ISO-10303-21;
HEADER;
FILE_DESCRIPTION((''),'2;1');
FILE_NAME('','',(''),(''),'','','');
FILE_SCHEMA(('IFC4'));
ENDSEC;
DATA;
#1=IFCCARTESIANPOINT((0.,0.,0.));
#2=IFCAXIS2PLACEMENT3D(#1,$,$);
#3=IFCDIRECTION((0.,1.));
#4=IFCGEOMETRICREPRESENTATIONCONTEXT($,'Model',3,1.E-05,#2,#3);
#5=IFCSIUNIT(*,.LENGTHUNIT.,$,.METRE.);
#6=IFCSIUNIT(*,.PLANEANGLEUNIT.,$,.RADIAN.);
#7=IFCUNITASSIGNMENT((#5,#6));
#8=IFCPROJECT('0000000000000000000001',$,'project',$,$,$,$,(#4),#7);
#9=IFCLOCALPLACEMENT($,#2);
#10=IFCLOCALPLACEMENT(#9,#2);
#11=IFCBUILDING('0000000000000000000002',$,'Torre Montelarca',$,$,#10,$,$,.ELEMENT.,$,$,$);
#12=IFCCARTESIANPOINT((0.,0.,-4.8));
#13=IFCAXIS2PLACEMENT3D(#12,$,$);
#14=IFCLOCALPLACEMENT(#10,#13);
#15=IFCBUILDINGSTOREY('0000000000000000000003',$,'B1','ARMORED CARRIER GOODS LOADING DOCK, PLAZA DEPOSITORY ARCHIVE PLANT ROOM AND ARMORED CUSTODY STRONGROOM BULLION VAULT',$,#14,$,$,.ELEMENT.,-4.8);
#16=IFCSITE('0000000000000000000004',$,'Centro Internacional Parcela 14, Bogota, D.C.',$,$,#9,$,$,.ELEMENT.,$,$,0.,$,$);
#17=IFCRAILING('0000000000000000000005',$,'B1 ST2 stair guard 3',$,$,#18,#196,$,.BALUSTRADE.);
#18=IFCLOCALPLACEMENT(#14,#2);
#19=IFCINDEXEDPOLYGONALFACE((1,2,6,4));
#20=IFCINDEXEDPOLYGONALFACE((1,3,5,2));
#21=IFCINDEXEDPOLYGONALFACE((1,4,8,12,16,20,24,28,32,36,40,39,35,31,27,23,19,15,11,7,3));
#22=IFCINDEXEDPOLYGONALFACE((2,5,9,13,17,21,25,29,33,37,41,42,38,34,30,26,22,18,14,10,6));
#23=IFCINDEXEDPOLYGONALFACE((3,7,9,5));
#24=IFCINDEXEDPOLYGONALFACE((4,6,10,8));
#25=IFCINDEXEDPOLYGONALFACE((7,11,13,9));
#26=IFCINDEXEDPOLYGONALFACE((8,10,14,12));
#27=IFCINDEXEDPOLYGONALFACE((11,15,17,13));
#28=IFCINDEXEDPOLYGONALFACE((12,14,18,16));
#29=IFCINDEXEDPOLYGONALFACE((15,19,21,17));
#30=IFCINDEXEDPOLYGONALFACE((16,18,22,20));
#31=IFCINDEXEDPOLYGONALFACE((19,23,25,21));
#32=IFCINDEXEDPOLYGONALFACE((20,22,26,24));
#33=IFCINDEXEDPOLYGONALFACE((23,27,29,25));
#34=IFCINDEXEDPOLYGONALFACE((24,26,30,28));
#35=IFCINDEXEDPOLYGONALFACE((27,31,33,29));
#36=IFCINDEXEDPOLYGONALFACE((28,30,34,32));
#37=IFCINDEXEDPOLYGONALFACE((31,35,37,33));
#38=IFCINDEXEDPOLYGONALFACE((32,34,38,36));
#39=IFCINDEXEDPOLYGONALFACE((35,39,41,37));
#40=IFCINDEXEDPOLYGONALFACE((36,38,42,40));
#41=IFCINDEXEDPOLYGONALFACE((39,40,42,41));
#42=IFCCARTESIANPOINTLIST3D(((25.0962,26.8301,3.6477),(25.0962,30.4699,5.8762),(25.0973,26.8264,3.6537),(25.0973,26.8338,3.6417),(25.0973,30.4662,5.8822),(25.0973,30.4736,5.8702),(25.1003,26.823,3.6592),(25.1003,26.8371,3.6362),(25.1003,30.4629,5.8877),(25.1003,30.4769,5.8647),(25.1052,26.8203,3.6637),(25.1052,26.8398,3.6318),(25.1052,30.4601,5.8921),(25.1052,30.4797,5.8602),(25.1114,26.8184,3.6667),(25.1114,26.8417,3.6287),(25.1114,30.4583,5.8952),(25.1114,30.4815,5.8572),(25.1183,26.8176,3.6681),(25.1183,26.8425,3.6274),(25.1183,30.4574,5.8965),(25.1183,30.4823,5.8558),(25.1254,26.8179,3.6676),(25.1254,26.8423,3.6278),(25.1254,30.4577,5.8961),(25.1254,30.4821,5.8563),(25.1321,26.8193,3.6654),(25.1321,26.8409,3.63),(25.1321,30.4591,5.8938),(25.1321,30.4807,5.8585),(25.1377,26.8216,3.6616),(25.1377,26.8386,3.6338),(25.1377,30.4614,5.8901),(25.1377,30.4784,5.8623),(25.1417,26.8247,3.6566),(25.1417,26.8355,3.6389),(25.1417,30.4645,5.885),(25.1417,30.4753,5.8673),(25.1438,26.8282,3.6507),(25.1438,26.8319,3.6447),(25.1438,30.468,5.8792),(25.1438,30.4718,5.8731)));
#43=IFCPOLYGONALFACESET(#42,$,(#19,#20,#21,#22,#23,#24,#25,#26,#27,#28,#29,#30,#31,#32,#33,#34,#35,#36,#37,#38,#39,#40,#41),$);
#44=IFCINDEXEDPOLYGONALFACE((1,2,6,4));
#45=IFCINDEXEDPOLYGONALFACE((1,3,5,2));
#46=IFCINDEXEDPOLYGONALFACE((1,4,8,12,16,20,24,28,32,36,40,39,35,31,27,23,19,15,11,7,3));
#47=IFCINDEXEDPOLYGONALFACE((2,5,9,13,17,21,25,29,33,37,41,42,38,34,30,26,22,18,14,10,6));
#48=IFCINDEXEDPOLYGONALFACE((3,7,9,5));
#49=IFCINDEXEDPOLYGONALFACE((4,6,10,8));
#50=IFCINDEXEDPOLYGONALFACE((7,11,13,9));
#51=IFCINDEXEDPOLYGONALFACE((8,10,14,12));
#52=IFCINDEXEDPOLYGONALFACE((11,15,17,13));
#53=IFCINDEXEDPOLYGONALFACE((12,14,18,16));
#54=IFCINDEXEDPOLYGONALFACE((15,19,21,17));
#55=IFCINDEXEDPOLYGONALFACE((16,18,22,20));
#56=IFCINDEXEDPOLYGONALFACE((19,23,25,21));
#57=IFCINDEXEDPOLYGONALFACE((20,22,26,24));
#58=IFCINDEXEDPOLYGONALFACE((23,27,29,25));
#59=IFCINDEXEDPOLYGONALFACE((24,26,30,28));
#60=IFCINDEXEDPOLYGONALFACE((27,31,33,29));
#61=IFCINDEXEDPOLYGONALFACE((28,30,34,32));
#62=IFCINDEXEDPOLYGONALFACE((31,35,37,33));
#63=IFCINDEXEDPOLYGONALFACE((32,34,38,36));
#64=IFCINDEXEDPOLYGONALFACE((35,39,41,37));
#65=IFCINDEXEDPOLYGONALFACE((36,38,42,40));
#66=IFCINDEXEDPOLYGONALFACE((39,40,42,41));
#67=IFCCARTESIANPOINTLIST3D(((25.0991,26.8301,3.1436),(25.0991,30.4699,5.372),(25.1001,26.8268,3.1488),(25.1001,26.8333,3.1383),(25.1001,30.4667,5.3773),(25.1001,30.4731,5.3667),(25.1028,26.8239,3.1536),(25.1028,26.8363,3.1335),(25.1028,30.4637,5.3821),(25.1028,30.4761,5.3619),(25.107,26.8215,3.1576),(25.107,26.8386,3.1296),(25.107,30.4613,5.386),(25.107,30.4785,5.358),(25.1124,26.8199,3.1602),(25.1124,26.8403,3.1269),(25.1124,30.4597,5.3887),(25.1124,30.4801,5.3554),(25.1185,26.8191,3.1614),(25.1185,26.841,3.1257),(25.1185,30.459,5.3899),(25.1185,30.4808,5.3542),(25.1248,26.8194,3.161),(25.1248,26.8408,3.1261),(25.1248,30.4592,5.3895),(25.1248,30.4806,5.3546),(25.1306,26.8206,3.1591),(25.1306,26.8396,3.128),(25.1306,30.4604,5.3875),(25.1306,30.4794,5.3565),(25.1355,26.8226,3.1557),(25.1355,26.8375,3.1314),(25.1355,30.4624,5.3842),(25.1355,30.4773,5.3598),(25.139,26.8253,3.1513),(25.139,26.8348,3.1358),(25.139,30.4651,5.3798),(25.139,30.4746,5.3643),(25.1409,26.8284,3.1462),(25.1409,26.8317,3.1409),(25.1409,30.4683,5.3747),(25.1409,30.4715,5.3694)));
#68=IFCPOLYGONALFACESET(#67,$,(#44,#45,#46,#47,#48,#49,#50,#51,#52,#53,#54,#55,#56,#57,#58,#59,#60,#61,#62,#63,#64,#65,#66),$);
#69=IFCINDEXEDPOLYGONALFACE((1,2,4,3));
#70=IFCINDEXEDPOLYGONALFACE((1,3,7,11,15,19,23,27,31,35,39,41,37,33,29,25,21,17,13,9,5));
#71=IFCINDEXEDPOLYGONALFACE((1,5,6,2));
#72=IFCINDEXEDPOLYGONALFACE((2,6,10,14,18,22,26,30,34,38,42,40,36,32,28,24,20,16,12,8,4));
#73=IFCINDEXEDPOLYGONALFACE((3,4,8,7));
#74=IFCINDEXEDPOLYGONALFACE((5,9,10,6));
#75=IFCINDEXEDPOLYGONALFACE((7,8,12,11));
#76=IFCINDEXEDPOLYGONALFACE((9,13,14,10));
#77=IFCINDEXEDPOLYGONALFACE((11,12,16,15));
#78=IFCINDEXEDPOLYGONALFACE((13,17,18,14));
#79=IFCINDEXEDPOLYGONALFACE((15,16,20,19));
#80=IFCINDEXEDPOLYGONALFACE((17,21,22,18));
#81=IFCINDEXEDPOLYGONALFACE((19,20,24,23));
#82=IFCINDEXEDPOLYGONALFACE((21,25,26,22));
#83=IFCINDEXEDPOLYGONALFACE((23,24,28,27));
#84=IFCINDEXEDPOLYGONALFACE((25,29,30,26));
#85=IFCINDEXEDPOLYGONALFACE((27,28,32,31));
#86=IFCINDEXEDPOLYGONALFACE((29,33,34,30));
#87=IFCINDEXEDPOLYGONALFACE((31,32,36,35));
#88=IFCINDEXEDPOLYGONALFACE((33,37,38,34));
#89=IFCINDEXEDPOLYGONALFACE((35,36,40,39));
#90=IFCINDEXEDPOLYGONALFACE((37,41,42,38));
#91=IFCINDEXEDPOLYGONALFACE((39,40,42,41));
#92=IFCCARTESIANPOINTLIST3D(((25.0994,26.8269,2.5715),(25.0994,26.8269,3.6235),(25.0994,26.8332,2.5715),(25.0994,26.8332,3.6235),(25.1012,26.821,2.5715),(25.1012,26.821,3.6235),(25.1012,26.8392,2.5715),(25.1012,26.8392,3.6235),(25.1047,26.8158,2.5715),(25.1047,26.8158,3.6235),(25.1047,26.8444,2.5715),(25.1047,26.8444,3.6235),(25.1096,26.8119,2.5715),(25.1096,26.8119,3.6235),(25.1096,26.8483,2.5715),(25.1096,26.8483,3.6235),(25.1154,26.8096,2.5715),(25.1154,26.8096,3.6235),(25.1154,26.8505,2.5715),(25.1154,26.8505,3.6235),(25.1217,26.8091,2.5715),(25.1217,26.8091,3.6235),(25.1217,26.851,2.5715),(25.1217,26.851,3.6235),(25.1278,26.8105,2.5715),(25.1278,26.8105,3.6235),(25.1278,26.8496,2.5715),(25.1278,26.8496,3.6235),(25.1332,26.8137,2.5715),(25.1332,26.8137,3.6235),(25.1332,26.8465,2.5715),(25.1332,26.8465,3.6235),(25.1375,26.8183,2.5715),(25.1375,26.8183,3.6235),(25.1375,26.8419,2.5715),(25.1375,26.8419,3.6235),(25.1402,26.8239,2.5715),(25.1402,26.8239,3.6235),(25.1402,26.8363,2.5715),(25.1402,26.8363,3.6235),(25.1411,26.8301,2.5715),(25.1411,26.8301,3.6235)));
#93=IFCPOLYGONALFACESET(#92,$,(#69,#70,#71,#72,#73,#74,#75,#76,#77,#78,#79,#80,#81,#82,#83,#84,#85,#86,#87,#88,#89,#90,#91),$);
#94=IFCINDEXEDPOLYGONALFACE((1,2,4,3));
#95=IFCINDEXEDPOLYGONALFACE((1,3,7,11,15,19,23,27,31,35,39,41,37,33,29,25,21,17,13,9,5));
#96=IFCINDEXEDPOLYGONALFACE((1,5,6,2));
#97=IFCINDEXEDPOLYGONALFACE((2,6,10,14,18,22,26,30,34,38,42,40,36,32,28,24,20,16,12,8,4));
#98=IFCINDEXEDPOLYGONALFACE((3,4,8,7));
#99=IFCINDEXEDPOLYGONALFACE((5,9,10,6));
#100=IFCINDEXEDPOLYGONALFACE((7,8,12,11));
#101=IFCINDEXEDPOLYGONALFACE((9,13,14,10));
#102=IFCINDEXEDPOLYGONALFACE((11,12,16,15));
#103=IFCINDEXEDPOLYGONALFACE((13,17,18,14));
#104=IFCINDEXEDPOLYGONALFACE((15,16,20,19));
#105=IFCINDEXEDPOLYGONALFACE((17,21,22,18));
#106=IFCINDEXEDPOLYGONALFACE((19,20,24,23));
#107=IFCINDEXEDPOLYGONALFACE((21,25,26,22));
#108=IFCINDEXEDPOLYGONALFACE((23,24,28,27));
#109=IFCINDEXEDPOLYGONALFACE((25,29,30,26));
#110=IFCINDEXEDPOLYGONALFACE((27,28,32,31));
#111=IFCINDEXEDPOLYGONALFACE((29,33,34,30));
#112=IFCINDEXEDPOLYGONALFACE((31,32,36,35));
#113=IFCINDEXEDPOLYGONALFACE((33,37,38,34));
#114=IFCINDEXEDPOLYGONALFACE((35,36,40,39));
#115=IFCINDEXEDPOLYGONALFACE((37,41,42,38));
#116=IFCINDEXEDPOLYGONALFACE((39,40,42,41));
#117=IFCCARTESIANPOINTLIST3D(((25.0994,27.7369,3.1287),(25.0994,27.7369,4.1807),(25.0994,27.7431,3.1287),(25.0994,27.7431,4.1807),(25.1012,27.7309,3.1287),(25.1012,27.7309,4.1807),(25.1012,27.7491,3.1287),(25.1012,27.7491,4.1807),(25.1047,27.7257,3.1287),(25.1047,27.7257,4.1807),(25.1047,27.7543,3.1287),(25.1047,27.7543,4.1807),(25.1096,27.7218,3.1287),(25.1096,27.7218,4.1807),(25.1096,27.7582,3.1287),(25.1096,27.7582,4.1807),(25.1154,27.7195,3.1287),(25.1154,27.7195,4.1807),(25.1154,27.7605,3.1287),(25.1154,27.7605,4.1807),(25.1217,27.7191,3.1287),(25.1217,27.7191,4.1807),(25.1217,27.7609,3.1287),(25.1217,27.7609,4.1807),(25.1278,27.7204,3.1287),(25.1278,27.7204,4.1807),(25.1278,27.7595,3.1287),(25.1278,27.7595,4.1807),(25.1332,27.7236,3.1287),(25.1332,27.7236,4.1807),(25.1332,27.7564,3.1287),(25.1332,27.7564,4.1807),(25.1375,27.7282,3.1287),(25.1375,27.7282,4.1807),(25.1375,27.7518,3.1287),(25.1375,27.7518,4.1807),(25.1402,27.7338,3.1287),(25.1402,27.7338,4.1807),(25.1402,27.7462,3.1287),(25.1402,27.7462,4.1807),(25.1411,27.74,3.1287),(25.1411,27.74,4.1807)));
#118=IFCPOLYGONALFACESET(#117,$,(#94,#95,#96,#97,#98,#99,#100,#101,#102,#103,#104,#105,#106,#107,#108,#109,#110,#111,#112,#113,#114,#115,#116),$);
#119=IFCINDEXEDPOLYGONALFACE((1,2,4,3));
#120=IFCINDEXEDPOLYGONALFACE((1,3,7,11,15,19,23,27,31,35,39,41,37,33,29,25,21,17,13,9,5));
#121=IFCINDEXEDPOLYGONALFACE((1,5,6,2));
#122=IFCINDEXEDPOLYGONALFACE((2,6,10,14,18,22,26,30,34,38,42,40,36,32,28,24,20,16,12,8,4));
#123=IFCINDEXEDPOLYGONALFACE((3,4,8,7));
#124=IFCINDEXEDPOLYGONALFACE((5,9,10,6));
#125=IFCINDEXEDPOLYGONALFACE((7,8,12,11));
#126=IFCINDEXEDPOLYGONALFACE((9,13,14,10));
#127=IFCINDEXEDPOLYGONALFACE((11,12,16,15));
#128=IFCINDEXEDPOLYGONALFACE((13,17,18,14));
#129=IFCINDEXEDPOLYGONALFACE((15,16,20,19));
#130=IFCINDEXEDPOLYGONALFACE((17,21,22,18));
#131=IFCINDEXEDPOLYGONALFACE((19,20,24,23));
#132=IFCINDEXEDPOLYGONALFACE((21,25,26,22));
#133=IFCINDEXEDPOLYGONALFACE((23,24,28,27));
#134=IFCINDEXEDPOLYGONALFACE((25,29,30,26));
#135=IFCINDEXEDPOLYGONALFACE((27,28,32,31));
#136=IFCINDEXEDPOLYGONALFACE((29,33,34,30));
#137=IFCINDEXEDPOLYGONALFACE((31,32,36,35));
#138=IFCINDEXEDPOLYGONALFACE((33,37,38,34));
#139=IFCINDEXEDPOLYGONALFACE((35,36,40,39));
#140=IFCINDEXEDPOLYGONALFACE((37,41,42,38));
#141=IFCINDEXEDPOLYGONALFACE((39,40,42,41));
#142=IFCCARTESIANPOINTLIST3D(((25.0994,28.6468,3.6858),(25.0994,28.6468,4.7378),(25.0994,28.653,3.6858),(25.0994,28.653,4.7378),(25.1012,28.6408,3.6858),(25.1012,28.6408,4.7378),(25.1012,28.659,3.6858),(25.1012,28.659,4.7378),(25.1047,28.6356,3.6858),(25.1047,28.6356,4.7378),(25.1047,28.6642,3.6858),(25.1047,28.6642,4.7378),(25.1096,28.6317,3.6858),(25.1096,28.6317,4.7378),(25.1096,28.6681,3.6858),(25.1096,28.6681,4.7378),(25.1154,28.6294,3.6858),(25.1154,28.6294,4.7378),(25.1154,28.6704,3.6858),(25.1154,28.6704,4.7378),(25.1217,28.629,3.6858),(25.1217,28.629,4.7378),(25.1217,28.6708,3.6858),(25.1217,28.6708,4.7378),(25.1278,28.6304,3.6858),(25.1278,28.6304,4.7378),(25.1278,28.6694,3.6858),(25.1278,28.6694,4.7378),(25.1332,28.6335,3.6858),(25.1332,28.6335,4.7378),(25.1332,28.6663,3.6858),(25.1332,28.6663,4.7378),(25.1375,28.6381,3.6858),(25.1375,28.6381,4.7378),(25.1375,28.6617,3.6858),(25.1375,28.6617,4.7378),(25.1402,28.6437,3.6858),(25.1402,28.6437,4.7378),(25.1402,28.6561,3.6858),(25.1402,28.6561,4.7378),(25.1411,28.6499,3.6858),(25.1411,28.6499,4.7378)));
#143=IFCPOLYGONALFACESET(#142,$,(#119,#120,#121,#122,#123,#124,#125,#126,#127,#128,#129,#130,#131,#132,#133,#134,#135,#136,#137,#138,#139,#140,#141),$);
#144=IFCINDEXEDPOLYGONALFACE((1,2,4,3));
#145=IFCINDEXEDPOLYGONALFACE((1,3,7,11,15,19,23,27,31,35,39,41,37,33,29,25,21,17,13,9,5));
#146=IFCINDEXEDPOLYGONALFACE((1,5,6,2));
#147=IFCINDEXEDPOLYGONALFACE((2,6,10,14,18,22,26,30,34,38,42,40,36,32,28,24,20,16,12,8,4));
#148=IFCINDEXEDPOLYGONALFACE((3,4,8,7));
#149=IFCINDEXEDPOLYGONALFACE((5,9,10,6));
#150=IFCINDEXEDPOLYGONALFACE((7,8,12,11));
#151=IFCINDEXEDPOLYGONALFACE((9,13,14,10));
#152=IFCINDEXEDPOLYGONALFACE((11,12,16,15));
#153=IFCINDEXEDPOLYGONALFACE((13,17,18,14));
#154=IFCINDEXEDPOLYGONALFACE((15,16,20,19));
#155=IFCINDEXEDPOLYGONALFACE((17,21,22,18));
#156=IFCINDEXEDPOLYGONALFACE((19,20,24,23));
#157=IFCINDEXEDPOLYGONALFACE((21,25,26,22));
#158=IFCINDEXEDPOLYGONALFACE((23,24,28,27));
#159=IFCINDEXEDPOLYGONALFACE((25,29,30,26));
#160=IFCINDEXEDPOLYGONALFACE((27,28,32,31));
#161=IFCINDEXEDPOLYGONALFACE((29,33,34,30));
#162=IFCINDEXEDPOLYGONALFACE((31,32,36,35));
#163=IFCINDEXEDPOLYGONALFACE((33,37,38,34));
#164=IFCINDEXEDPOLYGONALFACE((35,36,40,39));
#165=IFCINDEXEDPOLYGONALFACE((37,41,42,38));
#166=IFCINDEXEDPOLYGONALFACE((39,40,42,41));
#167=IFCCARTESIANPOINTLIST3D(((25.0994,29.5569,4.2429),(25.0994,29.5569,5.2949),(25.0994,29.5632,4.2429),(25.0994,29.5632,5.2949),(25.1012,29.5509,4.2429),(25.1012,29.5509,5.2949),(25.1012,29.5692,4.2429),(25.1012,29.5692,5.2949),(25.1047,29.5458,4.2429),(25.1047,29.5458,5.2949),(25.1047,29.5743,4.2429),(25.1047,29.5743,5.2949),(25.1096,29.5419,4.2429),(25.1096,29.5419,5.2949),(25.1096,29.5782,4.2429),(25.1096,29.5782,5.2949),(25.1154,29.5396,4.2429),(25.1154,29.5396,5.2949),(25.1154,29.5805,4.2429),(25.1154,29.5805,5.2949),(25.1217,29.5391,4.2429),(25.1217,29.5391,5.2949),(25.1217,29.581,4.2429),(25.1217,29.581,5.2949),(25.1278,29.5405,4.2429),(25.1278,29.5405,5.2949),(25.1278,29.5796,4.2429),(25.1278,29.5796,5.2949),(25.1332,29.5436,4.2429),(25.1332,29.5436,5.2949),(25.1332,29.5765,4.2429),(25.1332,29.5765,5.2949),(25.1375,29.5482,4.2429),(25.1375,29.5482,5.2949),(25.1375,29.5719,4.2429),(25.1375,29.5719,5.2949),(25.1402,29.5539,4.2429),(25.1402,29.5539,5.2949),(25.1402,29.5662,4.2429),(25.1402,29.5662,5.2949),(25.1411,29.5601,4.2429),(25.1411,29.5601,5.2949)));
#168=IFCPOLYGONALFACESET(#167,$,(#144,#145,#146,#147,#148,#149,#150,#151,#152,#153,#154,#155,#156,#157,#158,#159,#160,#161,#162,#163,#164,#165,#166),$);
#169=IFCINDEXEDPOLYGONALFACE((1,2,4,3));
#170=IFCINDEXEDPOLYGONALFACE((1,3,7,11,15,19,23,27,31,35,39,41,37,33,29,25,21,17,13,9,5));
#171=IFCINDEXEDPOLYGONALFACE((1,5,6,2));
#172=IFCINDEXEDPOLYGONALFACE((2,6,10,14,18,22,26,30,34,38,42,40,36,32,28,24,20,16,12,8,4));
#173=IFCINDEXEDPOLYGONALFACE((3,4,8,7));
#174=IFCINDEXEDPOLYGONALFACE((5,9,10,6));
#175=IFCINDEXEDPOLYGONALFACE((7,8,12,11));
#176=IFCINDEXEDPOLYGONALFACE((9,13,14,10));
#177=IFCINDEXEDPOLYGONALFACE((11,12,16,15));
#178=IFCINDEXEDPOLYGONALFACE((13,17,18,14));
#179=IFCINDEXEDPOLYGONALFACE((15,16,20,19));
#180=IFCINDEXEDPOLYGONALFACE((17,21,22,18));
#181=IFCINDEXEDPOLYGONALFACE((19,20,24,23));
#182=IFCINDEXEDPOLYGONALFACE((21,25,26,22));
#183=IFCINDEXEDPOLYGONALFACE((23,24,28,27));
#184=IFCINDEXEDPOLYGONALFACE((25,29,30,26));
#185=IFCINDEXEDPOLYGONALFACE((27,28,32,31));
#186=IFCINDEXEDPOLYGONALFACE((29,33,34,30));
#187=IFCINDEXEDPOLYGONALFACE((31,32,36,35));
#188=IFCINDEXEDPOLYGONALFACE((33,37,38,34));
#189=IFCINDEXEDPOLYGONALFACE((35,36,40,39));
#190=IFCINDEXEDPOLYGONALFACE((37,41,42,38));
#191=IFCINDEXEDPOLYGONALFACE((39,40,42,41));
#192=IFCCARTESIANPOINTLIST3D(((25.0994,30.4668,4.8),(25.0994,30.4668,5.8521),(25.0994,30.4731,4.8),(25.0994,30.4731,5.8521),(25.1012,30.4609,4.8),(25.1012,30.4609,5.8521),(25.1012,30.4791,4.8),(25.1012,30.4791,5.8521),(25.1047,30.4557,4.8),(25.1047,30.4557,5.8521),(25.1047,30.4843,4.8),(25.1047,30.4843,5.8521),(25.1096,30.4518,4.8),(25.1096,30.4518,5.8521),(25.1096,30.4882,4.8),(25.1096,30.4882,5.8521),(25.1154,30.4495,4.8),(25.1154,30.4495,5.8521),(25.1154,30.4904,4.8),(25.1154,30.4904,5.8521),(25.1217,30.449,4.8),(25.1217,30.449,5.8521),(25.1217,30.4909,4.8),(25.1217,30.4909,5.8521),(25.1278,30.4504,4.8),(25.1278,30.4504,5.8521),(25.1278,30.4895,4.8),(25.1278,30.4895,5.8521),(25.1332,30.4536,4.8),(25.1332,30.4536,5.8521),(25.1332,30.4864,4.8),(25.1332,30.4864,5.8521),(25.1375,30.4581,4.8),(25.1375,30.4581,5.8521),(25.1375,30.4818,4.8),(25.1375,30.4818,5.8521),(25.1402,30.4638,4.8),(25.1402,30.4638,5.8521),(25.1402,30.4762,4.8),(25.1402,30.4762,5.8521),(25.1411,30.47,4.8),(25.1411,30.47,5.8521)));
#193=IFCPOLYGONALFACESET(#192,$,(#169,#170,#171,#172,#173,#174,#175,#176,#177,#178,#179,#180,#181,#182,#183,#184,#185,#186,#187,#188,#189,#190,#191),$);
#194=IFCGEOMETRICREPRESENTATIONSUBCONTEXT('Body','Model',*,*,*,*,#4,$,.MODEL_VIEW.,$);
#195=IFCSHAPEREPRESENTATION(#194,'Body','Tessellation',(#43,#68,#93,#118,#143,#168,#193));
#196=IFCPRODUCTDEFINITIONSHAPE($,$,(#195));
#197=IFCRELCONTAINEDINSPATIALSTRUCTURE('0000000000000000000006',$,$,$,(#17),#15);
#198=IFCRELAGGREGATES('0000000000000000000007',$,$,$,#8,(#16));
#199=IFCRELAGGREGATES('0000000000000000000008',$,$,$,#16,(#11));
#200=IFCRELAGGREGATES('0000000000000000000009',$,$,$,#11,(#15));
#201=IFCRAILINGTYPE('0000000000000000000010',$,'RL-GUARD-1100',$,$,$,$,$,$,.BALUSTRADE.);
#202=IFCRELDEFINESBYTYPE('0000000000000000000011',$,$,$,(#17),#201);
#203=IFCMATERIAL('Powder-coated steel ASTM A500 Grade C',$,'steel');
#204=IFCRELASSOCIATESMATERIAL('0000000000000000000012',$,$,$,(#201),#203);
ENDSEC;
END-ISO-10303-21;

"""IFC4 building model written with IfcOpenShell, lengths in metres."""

from ifc_helpers import new_model, si_unit, direction, frame, origin, origin_2d, place, context, subcontext, project, spatial, circle, extrude, material, type_object, element, save


model = new_model("IFC4")

# Units and contexts
model_context = context("Model", 3, precision=1e-05, world=origin(), true_north=direction((0.0, 1.0)))
body_context = subcontext(model_context, "Body", "Model", "MODEL_VIEW")
ifc_project = project(units=[si_unit("LENGTHUNIT", "METRE"), si_unit("PLANEANGLEUNIT", "RADIAN")], contexts=[model_context])

# Site, building, storey
site_placement = place(None, origin())
site = spatial("IfcSite", under=ifc_project, at=site_placement, Name="Centro Internacional Parcela 14, Bogota, D.C.", CompositionType="ELEMENT", RefElevation=0.0)
building_placement = place(site_placement, origin())
building = spatial("IfcBuilding", under=site, at=building_placement, Name="Torre Montelarca", CompositionType="ELEMENT")
storey_placement = place(building_placement, frame((0.0, 0.0, -4.8)))
storey = spatial("IfcBuildingStorey", under=building, at=storey_placement, Name="B1", Description="ARMORED CARRIER GOODS LOADING DOCK, PLAZA DEPOSITORY ARCHIVE PLANT ROOM AND ARMORED CUSTODY STRONGROOM BULLION VAULT", CompositionType="ELEMENT", Elevation=-4.8)

# Railing
ifc_material_1 = material(Name="Powder-coated steel ASTM A500 Grade C", Category="steel")
railing_type_1 = type_object("IfcRailingType", Name="RL-GUARD-1100", PredefinedType="BALUSTRADE", material=ifc_material_1)
railing_1_placement = place(storey_placement, frame((25.1201, 26.8301, 2.5715)))
element("IfcRailing", 1, at=railing_1_placement, inside=storey, type_object=railing_type_1, Name="B1 ST2 stair guard 3", PredefinedType="BALUSTRADE", context=body_context, shape_type="SweptSolid", body=[
    extrude(circle(Radius=0.0239, at=origin_2d()), frame((0.0, 0.0, 1.0762), z_axis=(0.0, 0.85285, 0.522156), x_axis=(-1.0, 0.0, 0.0)), (0.0, 0.0, 1.0), 4.2678),
    extrude(circle(Radius=0.021, at=origin_2d()), frame((0.0, 0.0, 0.572), z_axis=(0.0, 0.85285, 0.522156), x_axis=(-1.0, 0.0, 0.0)), (0.0, 0.0, 1.0), 4.2678),
    extrude(circle(Radius=0.021, at=origin_2d()), origin(), (0.0, 0.0, 1.0), 1.052),
    extrude(circle(Radius=0.021, at=origin_2d()), frame((0.0, 0.9099, 0.5571)), (0.0, 0.0, 1.0), 1.052),
    extrude(circle(Radius=0.021, at=origin_2d()), frame((0.0, 1.8198, 1.1143)), (0.0, 0.0, 1.0), 1.052),
    extrude(circle(Radius=0.021, at=origin_2d()), frame((0.0, 2.73, 1.6714)), (0.0, 0.0, 1.0), 1.052),
    extrude(circle(Radius=0.021, at=origin_2d()), frame((0.0, 3.6399, 2.2285)), (0.0, 0.0, 1.0), 1.052),
])

save(model, "model.ifc")
